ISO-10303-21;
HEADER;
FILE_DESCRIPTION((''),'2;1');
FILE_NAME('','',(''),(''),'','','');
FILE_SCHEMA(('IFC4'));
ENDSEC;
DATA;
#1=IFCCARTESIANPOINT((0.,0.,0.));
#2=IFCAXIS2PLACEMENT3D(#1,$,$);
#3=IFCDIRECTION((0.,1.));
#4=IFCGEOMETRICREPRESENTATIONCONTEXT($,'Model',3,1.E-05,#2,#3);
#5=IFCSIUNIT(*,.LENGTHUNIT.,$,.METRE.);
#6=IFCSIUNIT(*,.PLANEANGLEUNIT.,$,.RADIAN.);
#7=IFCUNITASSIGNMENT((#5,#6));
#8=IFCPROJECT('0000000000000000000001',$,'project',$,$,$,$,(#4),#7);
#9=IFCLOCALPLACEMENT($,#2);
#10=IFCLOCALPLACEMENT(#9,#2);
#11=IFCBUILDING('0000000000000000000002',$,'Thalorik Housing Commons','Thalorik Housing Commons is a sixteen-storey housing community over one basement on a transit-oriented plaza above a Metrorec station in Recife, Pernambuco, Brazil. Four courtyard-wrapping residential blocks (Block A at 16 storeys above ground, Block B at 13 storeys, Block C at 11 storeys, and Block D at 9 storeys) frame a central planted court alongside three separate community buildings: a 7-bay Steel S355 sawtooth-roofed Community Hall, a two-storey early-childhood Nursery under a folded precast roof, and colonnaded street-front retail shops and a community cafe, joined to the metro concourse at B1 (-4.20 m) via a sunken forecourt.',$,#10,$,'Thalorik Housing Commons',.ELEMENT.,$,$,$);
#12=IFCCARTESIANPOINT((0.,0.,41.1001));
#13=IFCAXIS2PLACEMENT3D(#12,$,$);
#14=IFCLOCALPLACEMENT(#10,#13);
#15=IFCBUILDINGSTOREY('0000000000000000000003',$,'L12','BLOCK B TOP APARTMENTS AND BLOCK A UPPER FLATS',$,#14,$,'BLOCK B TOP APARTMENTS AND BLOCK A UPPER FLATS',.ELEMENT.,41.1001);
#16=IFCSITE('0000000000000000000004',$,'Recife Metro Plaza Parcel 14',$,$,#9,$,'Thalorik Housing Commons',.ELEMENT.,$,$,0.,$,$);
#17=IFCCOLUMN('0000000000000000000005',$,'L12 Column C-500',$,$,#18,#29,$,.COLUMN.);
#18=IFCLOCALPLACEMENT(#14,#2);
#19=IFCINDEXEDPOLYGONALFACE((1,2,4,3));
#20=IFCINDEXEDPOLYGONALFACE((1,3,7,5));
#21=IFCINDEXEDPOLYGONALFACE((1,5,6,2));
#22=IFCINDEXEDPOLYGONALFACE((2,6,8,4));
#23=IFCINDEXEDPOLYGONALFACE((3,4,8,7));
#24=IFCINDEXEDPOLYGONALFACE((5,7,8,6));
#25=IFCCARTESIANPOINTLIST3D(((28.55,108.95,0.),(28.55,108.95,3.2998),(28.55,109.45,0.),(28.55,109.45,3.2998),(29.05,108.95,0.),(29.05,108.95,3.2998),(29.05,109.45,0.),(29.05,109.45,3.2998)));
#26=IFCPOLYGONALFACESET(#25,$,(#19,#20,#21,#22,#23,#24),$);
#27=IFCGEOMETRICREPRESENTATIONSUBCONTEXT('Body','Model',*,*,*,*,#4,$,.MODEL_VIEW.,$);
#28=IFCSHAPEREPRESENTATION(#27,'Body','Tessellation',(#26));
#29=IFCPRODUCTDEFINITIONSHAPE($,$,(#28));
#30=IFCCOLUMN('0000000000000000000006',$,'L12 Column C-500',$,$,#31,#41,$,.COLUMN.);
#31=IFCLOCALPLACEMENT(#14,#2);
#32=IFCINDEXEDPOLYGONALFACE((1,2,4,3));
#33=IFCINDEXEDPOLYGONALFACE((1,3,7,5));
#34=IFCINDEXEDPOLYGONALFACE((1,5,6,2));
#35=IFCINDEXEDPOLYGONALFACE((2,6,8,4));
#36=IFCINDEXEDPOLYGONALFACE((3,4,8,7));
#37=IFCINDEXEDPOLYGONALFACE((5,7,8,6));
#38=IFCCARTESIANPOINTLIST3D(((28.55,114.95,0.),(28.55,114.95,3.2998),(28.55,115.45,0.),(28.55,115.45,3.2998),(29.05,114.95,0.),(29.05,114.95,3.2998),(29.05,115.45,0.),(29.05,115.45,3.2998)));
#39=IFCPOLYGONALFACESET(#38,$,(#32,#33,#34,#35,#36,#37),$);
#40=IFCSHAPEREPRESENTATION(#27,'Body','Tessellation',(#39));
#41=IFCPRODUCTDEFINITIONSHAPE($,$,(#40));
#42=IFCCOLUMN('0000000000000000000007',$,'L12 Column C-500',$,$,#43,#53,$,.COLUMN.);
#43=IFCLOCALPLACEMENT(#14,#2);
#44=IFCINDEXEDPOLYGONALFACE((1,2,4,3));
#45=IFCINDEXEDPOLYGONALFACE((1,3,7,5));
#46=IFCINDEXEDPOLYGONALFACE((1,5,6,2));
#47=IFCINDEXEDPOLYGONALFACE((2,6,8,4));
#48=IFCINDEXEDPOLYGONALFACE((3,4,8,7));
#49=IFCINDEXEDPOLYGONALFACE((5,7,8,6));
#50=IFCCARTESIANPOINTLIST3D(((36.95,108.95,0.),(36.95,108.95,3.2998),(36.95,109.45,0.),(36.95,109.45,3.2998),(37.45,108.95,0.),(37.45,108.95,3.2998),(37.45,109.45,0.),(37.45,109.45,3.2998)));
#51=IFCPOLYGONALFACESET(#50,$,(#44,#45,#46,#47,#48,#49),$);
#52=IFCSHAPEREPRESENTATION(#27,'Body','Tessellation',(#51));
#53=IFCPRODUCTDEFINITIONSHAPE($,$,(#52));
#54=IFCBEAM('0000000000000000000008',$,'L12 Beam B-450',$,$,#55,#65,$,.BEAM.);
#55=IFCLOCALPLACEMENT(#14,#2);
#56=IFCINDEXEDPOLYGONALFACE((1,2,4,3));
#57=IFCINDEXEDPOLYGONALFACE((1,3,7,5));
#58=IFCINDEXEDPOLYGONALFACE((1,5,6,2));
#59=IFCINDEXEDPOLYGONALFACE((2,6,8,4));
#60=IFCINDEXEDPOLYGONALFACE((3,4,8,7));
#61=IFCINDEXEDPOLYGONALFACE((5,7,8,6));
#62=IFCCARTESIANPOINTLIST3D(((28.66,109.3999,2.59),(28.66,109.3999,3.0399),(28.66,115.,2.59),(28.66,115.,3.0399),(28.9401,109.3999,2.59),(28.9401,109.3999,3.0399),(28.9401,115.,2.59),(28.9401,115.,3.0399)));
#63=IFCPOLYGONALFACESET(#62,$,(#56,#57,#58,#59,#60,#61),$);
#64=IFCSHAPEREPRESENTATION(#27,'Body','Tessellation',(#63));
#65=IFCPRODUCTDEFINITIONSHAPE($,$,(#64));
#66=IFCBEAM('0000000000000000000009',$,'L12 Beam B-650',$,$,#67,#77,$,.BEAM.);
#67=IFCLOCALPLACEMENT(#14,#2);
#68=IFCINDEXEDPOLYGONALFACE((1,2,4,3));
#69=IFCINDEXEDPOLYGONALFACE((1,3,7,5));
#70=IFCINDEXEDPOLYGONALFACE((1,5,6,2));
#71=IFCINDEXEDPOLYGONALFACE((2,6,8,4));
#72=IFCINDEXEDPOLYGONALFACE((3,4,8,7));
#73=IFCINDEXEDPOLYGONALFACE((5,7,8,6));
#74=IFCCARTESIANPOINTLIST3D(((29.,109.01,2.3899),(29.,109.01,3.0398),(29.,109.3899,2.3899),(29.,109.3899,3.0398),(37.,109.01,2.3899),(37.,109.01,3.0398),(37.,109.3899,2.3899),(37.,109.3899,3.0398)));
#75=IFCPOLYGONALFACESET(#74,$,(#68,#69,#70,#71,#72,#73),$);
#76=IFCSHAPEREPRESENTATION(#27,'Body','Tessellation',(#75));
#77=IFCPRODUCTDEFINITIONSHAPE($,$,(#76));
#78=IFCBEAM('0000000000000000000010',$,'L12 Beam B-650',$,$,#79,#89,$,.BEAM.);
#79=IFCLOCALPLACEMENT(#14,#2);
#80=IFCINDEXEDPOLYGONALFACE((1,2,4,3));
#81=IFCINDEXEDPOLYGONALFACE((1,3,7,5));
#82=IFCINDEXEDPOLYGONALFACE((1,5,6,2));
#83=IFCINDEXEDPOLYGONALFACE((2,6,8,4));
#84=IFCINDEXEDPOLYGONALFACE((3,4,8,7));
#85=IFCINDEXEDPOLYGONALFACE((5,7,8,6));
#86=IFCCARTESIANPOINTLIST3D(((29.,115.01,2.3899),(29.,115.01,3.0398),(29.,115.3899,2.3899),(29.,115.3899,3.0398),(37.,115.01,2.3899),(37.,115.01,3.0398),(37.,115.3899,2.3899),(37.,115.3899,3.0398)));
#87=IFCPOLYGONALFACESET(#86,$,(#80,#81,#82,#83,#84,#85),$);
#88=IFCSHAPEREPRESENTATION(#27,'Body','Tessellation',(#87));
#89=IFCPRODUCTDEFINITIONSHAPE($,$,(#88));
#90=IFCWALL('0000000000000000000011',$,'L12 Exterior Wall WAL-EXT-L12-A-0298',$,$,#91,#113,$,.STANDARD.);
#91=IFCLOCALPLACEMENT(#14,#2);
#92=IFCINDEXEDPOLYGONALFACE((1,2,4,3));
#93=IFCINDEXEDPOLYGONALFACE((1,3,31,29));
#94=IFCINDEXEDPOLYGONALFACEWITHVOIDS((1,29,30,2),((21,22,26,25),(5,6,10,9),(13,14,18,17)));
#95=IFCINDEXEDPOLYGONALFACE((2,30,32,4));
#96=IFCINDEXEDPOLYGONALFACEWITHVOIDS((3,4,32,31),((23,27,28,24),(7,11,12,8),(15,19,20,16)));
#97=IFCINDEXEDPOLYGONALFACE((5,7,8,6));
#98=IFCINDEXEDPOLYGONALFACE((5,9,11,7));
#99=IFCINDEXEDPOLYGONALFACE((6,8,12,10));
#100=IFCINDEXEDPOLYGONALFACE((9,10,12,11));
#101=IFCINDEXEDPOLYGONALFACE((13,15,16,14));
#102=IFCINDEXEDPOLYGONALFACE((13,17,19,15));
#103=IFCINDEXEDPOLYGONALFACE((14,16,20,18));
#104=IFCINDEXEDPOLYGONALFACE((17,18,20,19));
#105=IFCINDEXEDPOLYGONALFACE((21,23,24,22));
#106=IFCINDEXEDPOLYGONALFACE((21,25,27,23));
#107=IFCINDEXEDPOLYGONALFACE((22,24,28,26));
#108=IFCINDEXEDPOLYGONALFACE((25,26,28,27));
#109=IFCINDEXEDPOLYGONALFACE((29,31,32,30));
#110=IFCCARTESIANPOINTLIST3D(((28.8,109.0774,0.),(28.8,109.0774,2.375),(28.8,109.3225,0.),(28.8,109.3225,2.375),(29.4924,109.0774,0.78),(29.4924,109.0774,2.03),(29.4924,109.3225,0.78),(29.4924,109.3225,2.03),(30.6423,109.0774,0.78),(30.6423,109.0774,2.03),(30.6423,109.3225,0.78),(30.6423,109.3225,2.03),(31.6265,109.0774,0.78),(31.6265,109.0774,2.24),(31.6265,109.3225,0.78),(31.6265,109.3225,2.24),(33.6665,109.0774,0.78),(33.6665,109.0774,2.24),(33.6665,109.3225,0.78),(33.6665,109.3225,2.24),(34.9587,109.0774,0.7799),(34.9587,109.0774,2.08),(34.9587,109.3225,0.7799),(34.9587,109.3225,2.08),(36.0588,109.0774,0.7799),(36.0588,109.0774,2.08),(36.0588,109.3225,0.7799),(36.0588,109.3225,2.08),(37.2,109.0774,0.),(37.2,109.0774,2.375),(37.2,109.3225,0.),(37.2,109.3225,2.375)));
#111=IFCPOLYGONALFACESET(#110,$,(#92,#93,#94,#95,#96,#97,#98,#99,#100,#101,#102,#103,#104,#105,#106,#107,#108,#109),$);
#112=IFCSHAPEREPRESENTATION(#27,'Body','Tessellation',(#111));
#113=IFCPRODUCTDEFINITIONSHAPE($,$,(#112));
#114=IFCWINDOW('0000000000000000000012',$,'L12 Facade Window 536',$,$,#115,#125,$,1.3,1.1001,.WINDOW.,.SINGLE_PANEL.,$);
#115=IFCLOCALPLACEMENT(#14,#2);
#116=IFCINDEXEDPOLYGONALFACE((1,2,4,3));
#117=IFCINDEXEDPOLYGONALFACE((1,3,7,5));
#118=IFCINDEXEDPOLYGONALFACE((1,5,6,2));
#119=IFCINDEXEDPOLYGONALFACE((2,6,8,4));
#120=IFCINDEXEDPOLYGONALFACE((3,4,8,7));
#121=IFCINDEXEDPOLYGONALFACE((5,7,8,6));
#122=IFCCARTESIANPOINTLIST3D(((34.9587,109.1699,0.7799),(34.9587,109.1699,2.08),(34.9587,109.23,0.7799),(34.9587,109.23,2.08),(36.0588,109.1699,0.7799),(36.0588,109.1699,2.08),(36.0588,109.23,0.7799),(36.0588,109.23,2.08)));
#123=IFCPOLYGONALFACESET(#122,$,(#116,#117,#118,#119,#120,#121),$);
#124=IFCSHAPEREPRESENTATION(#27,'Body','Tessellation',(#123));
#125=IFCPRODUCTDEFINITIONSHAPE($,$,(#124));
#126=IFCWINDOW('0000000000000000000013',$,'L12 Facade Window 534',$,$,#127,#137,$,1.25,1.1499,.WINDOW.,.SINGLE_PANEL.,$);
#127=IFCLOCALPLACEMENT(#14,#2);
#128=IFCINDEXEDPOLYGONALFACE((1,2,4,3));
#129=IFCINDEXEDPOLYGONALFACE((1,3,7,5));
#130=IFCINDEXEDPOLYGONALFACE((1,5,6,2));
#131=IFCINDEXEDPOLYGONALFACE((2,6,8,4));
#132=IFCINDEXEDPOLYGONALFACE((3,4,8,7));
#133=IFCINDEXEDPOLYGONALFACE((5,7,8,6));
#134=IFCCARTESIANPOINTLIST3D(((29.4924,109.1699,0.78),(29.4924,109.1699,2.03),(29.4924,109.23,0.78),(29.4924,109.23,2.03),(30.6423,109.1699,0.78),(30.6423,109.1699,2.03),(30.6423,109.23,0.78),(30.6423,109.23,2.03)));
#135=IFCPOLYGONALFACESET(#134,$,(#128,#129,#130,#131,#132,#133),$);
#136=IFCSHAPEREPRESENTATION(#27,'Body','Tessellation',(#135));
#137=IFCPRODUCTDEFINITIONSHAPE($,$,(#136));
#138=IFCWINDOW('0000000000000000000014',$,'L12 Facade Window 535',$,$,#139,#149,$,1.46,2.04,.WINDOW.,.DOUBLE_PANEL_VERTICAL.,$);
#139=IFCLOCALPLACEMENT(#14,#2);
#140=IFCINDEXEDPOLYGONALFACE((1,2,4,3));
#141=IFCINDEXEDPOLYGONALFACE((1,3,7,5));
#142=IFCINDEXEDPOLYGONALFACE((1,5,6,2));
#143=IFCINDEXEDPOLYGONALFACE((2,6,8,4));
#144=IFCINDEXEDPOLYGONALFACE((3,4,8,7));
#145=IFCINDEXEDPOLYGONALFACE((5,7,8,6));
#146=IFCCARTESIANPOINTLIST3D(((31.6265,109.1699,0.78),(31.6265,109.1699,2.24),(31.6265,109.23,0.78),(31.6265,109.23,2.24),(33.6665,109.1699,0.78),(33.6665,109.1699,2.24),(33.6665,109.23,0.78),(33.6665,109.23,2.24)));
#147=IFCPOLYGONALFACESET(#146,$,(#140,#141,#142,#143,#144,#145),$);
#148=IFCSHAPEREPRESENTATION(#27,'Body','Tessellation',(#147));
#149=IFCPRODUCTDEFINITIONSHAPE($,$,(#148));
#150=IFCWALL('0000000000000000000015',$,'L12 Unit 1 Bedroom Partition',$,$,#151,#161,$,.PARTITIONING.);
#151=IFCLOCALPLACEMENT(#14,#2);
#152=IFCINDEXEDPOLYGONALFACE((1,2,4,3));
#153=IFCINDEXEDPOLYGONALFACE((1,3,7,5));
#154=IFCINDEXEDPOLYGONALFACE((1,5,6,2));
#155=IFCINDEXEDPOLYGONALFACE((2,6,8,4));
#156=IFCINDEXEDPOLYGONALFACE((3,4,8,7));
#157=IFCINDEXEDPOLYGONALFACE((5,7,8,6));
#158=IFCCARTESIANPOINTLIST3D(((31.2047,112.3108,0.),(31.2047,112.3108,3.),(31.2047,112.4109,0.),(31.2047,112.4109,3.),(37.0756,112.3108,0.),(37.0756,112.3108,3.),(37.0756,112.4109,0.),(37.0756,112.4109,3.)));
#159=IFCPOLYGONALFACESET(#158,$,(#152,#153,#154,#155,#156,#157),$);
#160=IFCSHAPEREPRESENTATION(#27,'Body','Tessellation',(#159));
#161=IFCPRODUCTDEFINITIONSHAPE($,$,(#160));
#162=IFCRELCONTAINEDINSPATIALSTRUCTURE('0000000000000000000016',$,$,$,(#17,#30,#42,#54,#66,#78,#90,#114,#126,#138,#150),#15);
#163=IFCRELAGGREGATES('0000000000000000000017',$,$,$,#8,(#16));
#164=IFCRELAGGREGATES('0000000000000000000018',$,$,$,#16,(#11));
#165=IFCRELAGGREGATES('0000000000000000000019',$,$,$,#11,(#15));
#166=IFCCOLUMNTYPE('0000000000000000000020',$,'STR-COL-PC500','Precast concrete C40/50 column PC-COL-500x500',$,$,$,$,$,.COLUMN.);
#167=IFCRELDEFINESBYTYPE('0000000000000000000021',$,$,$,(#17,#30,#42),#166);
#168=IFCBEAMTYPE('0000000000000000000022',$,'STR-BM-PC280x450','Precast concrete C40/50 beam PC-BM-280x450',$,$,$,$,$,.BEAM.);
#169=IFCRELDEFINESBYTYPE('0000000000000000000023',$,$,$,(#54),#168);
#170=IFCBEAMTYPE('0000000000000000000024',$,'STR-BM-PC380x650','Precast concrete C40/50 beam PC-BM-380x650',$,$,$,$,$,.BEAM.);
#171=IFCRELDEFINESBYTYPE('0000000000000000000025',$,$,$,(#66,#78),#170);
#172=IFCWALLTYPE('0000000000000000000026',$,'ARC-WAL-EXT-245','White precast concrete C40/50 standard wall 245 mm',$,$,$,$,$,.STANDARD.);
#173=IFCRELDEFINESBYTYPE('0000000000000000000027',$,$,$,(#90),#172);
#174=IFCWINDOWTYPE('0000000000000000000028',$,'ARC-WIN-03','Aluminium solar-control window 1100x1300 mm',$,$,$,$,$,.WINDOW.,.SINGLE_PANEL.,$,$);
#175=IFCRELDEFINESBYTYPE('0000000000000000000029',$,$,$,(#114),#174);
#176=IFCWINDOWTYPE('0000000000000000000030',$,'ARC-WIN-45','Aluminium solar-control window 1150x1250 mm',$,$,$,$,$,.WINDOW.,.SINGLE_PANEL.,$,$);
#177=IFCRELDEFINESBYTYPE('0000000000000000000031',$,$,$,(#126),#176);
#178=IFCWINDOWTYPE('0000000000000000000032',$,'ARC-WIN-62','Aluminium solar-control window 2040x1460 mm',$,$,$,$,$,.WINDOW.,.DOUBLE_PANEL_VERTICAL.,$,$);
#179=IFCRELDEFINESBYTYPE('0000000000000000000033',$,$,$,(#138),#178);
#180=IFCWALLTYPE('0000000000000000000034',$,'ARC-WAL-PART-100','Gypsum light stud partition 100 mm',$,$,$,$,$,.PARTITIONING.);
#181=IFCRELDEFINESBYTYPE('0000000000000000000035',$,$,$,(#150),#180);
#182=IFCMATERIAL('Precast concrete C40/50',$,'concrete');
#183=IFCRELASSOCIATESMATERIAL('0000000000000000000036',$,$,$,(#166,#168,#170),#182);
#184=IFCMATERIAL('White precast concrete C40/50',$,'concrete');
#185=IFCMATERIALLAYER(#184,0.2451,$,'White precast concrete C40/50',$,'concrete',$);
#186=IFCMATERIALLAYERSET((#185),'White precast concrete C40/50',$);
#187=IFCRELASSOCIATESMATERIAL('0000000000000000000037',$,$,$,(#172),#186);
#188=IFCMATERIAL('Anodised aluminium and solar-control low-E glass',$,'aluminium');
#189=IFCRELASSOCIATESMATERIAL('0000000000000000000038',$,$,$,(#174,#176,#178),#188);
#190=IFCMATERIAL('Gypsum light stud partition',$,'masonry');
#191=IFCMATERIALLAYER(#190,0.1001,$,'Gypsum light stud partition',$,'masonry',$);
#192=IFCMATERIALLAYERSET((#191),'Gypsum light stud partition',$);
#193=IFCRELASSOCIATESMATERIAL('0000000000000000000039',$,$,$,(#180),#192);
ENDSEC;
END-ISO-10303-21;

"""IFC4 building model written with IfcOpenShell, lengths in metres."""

from ifc_helpers import new_model, si_unit, direction, frame, frame_2d, origin, origin_2d, place, context, subcontext, project, spatial, rectangle, extrude, material, layer, layer_set, material_profile, profile_set, type_object, element, fill, save


model = new_model("IFC4")

# Units and contexts
model_context = context("Model", 3, precision=1e-05, world=origin(), true_north=direction((0.0, 1.0)))
body_context = subcontext(model_context, "Body", "Model", "MODEL_VIEW")
ifc_project = project(units=[si_unit("LENGTHUNIT", "METRE"), si_unit("PLANEANGLEUNIT", "RADIAN")], contexts=[model_context])

# Site, building, storey
site_placement = place(None, origin())
site = spatial("IfcSite", under=ifc_project, at=site_placement, Name="Recife Metro Plaza Parcel 14", LongName="Thalorik Housing Commons", CompositionType="ELEMENT", RefElevation=0.0)
building_placement = place(site_placement, origin())
building = spatial("IfcBuilding", under=site, at=building_placement, Name="Thalorik Housing Commons", Description="Thalorik Housing Commons is a sixteen-storey housing community over one basement on a transit-oriented plaza above a Metrorec station in Recife, Pernambuco, Brazil. Four courtyard-wrapping residential blocks (Block A at 16 storeys above ground, Block B at 13 storeys, Block C at 11 storeys, and Block D at 9 storeys) frame a central planted court alongside three separate community buildings: a 7-bay Steel S355 sawtooth-roofed Community Hall, a two-storey early-childhood Nursery under a folded precast roof, and colonnaded street-front retail shops and a community cafe, joined to the metro concourse at B1 (-4.20 m) via a sunken forecourt.", LongName="Thalorik Housing Commons", CompositionType="ELEMENT")
storey_placement = place(building_placement, frame((0.0, 0.0, 41.1001)))
storey = spatial("IfcBuildingStorey", under=building, at=storey_placement, Name="L12", Description="BLOCK B TOP APARTMENTS AND BLOCK A UPPER FLATS", LongName="BLOCK B TOP APARTMENTS AND BLOCK A UPPER FLATS", CompositionType="ELEMENT", Elevation=41.1001)

# Columns
ifc_material_1 = material(Name="Precast concrete C40/50", Category="concrete")
ifc_material_profile_1 = material_profile(ifc_material_1, rectangle(XDim=0.5, YDim=0.5, at=origin_2d()), Name="PC 500x500", Category="concrete")
ifc_profile_set_1 = profile_set([ifc_material_profile_1], Name="Precast concrete C40/50")
column_type = type_object("IfcColumnType", Name="STR-COL-PC500", Description="Precast concrete C40/50 column PC-COL-500x500", PredefinedType="COLUMN", material=ifc_profile_set_1)
for number, where, z_axis, x_axis, name in (
    (1, (28.8, 109.2, 0.0), (0.0, 0.0, 1.0), (1.0, 0.0, 0.0), "L12 Column C-500"),
    (2, (28.8, 115.2, 0.0), (0.0, 0.0, 1.0), (1.0, 0.0, 0.0), "L12 Column C-500"),
    (3, (37.2, 109.2, 0.0), (0.0, 0.0, 1.0), (1.0, 0.0, 0.0), "L12 Column C-500"),
):
    element("IfcColumn", number, at=place(storey_placement, frame(where, z_axis=z_axis, x_axis=x_axis)), inside=storey, type_object=column_type, Name=name, PredefinedType="COLUMN", context=body_context, shape_type="SweptSolid", body=[
        extrude(rectangle(XDim=0.5, YDim=0.5, at=origin_2d()), origin(), (0.0, 0.0, 1.0), 3.2998),
    ])

# Beams
ifc_material_profile_2 = material_profile(ifc_material_1, rectangle(XDim=0.28, YDim=0.45, at=origin_2d()), Name="PC 280x450", Category="concrete")
ifc_profile_set_2 = profile_set([ifc_material_profile_2], Name="Precast concrete C40/50")
beam_type_1 = type_object("IfcBeamType", Name="STR-BM-PC280x450", Description="Precast concrete C40/50 beam PC-BM-280x450", PredefinedType="BEAM", material=ifc_profile_set_2)
beam_placement = place(storey_placement, frame((28.8, 109.3999, 2.8149), z_axis=(0.0, 1.0, 0.0), x_axis=(-1.0, 0.0, 0.0)))
element("IfcBeam", 4, at=beam_placement, inside=storey, type_object=beam_type_1, Name="L12 Beam B-450", PredefinedType="BEAM", context=body_context, shape_type="SweptSolid", body=[
    extrude(rectangle(XDim=0.28, YDim=0.45, at=origin_2d()), origin(), (0.0, 0.0, 1.0), 5.6001),
])
ifc_material_profile_3 = material_profile(ifc_material_1, rectangle(XDim=0.3799, YDim=0.6499, at=origin_2d()), Name="PC 380x650", Category="concrete")
ifc_profile_set_3 = profile_set([ifc_material_profile_3], Name="Precast concrete C40/50")
beam_type_2 = type_object("IfcBeamType", Name="STR-BM-PC380x650", Description="Precast concrete C40/50 beam PC-BM-380x650", PredefinedType="BEAM", material=ifc_profile_set_3)
for number, where, z_axis, x_axis, name in (
    (5, (29.0, 109.2, 2.7148), (1.0, 0.0, 0.0), (0.0, 1.0, 0.0), "L12 Beam B-650"),
    (6, (29.0, 115.2, 2.7148), (1.0, 0.0, 0.0), (0.0, 1.0, 0.0), "L12 Beam B-650"),
):
    element("IfcBeam", number, at=place(storey_placement, frame(where, z_axis=z_axis, x_axis=x_axis)), inside=storey, type_object=beam_type_2, Name=name, PredefinedType="BEAM", context=body_context, shape_type="SweptSolid", body=[
        extrude(rectangle(XDim=0.3799, YDim=0.6499, at=origin_2d()), origin(), (0.0, 0.0, 1.0), 8.0),
    ])

# Wall, openings, windows
ifc_material_2 = material(Name="White precast concrete C40/50", Category="concrete")
ifc_layer_1 = layer(ifc_material_2, 0.2451, Name="White precast concrete C40/50", Category="concrete")
ifc_layer_set_1 = layer_set([ifc_layer_1], Name="White precast concrete C40/50")
wall_type_1 = type_object("IfcWallType", Name="ARC-WAL-EXT-245", Description="White precast concrete C40/50 standard wall 245 mm", PredefinedType="STANDARD", material=ifc_layer_set_1)
wall_1_placement = place(storey_placement, frame((28.8, 109.2, 0.0), z_axis=(0.0, 0.0, 1.0), x_axis=(1.0, 0.0, 0.0)))
wall_1 = element("IfcWall", 7, at=wall_1_placement, inside=storey, type_object=wall_type_1, Name="L12 Exterior Wall WAL-EXT-L12-A-0298", PredefinedType="STANDARD", context=body_context, shape_type="SweptSolid", body=[
    extrude(rectangle(XDim=8.3999, YDim=0.2451, at=frame_2d((4.2, 0.0))), origin(), (0.0, 0.0, 1.0), 2.375),
])
opening_1_placement = place(wall_1_placement, frame((0.6924, 0.0, 0.78)))
opening_1 = element("IfcOpeningElement", 8, at=opening_1_placement, cuts=wall_1, PredefinedType="OPENING", context=body_context, shape_type="SweptSolid", body=[
    extrude(rectangle(XDim=1.1499, YDim=1.25, at=frame_2d((0.575, 0.625))), frame((0.0, 0.1326, 0.0), z_axis=(0.0, -1.0, 0.0), x_axis=(1.0, 0.0, 0.0)), (0.0, 0.0, 1.0), 0.2651),
])
opening_2_placement = place(wall_1_placement, frame((2.8264, 0.0, 0.78)))
opening_2 = element("IfcOpeningElement", 9, at=opening_2_placement, cuts=wall_1, PredefinedType="OPENING", context=body_context, shape_type="SweptSolid", body=[
    extrude(rectangle(XDim=2.04, YDim=1.46, at=frame_2d((1.02, 0.73))), frame((0.0, 0.1326, 0.0), z_axis=(0.0, -1.0, 0.0), x_axis=(1.0, 0.0, 0.0)), (0.0, 0.0, 1.0), 0.2651),
])
opening_3_placement = place(wall_1_placement, frame((6.1587, 0.0, 0.78)))
opening_3 = element("IfcOpeningElement", 10, at=opening_3_placement, cuts=wall_1, PredefinedType="OPENING", context=body_context, shape_type="SweptSolid", body=[
    extrude(rectangle(XDim=1.1001, YDim=1.3, at=frame_2d((0.55, 0.6499))), frame((0.0, 0.1326, 0.0), z_axis=(0.0, -1.0, 0.0), x_axis=(1.0, 0.0, 0.0)), (0.0, 0.0, 1.0), 0.2651),
])
ifc_material_3 = material(Name="Anodised aluminium and solar-control low-E glass", Category="aluminium")
window_type_1 = type_object("IfcWindowType", Name="ARC-WIN-03", Description="Aluminium solar-control window 1100x1300 mm", PartitioningType="SINGLE_PANEL", PredefinedType="WINDOW", material=ifc_material_3)
window_1_placement = place(opening_3_placement, origin())
window_1 = element("IfcWindow", 11, at=window_1_placement, inside=storey, type_object=window_type_1, Name="L12 Facade Window 536", OverallHeight=1.3, OverallWidth=1.1001, PartitioningType="SINGLE_PANEL", PredefinedType="WINDOW", context=body_context, shape_type="SweptSolid", body=[
    extrude(rectangle(XDim=1.1001, YDim=1.3, at=frame_2d((0.55, 0.6499))), frame((0.0, 0.03, 0.0), z_axis=(0.0, -1.0, 0.0), x_axis=(1.0, 0.0, 0.0)), (0.0, 0.0, 1.0), 0.0601),
])
fill(opening_3, window_1)
window_type_2 = type_object("IfcWindowType", Name="ARC-WIN-45", Description="Aluminium solar-control window 1150x1250 mm", PartitioningType="SINGLE_PANEL", PredefinedType="WINDOW", material=ifc_material_3)
window_2_placement = place(opening_1_placement, origin())
window_2 = element("IfcWindow", 12, at=window_2_placement, inside=storey, type_object=window_type_2, Name="L12 Facade Window 534", OverallHeight=1.25, OverallWidth=1.1499, PartitioningType="SINGLE_PANEL", PredefinedType="WINDOW", context=body_context, shape_type="SweptSolid", body=[
    extrude(rectangle(XDim=1.1499, YDim=1.25, at=frame_2d((0.575, 0.625))), frame((0.0, 0.03, 0.0), z_axis=(0.0, -1.0, 0.0), x_axis=(1.0, 0.0, 0.0)), (0.0, 0.0, 1.0), 0.0601),
])
fill(opening_1, window_2)
window_type_3 = type_object("IfcWindowType", Name="ARC-WIN-62", Description="Aluminium solar-control window 2040x1460 mm", PartitioningType="DOUBLE_PANEL_VERTICAL", PredefinedType="WINDOW", material=ifc_material_3)
window_3_placement = place(opening_2_placement, origin())
window_3 = element("IfcWindow", 13, at=window_3_placement, inside=storey, type_object=window_type_3, Name="L12 Facade Window 535", OverallHeight=1.46, OverallWidth=2.04, PartitioningType="DOUBLE_PANEL_VERTICAL", PredefinedType="WINDOW", context=body_context, shape_type="SweptSolid", body=[
    extrude(rectangle(XDim=2.04, YDim=1.46, at=frame_2d((1.02, 0.73))), frame((0.0, 0.03, 0.0), z_axis=(0.0, -1.0, 0.0), x_axis=(1.0, 0.0, 0.0)), (0.0, 0.0, 1.0), 0.0601),
])
fill(opening_2, window_3)

# Wall
ifc_material_4 = material(Name="Gypsum light stud partition", Category="masonry")
ifc_layer_2 = layer(ifc_material_4, 0.1001, Name="Gypsum light stud partition", Category="masonry")
ifc_layer_set_2 = layer_set([ifc_layer_2], Name="Gypsum light stud partition")
wall_type_2 = type_object("IfcWallType", Name="ARC-WAL-PART-100", Description="Gypsum light stud partition 100 mm", PredefinedType="PARTITIONING", material=ifc_layer_set_2)
wall_2_placement = place(storey_placement, frame((31.2046, 112.3608, 0.0), z_axis=(0.0, 0.0, 1.0), x_axis=(1.0, 0.0, 0.0)))
element("IfcWall", 14, at=wall_2_placement, inside=storey, type_object=wall_type_2, Name="L12 Unit 1 Bedroom Partition", PredefinedType="PARTITIONING", context=body_context, shape_type="SweptSolid", body=[
    extrude(rectangle(XDim=5.8708, YDim=0.1001, at=frame_2d((2.9355, 0.0))), origin(), (0.0, 0.0, 1.0), 3.0),
])

save(model, "model.ifc")
